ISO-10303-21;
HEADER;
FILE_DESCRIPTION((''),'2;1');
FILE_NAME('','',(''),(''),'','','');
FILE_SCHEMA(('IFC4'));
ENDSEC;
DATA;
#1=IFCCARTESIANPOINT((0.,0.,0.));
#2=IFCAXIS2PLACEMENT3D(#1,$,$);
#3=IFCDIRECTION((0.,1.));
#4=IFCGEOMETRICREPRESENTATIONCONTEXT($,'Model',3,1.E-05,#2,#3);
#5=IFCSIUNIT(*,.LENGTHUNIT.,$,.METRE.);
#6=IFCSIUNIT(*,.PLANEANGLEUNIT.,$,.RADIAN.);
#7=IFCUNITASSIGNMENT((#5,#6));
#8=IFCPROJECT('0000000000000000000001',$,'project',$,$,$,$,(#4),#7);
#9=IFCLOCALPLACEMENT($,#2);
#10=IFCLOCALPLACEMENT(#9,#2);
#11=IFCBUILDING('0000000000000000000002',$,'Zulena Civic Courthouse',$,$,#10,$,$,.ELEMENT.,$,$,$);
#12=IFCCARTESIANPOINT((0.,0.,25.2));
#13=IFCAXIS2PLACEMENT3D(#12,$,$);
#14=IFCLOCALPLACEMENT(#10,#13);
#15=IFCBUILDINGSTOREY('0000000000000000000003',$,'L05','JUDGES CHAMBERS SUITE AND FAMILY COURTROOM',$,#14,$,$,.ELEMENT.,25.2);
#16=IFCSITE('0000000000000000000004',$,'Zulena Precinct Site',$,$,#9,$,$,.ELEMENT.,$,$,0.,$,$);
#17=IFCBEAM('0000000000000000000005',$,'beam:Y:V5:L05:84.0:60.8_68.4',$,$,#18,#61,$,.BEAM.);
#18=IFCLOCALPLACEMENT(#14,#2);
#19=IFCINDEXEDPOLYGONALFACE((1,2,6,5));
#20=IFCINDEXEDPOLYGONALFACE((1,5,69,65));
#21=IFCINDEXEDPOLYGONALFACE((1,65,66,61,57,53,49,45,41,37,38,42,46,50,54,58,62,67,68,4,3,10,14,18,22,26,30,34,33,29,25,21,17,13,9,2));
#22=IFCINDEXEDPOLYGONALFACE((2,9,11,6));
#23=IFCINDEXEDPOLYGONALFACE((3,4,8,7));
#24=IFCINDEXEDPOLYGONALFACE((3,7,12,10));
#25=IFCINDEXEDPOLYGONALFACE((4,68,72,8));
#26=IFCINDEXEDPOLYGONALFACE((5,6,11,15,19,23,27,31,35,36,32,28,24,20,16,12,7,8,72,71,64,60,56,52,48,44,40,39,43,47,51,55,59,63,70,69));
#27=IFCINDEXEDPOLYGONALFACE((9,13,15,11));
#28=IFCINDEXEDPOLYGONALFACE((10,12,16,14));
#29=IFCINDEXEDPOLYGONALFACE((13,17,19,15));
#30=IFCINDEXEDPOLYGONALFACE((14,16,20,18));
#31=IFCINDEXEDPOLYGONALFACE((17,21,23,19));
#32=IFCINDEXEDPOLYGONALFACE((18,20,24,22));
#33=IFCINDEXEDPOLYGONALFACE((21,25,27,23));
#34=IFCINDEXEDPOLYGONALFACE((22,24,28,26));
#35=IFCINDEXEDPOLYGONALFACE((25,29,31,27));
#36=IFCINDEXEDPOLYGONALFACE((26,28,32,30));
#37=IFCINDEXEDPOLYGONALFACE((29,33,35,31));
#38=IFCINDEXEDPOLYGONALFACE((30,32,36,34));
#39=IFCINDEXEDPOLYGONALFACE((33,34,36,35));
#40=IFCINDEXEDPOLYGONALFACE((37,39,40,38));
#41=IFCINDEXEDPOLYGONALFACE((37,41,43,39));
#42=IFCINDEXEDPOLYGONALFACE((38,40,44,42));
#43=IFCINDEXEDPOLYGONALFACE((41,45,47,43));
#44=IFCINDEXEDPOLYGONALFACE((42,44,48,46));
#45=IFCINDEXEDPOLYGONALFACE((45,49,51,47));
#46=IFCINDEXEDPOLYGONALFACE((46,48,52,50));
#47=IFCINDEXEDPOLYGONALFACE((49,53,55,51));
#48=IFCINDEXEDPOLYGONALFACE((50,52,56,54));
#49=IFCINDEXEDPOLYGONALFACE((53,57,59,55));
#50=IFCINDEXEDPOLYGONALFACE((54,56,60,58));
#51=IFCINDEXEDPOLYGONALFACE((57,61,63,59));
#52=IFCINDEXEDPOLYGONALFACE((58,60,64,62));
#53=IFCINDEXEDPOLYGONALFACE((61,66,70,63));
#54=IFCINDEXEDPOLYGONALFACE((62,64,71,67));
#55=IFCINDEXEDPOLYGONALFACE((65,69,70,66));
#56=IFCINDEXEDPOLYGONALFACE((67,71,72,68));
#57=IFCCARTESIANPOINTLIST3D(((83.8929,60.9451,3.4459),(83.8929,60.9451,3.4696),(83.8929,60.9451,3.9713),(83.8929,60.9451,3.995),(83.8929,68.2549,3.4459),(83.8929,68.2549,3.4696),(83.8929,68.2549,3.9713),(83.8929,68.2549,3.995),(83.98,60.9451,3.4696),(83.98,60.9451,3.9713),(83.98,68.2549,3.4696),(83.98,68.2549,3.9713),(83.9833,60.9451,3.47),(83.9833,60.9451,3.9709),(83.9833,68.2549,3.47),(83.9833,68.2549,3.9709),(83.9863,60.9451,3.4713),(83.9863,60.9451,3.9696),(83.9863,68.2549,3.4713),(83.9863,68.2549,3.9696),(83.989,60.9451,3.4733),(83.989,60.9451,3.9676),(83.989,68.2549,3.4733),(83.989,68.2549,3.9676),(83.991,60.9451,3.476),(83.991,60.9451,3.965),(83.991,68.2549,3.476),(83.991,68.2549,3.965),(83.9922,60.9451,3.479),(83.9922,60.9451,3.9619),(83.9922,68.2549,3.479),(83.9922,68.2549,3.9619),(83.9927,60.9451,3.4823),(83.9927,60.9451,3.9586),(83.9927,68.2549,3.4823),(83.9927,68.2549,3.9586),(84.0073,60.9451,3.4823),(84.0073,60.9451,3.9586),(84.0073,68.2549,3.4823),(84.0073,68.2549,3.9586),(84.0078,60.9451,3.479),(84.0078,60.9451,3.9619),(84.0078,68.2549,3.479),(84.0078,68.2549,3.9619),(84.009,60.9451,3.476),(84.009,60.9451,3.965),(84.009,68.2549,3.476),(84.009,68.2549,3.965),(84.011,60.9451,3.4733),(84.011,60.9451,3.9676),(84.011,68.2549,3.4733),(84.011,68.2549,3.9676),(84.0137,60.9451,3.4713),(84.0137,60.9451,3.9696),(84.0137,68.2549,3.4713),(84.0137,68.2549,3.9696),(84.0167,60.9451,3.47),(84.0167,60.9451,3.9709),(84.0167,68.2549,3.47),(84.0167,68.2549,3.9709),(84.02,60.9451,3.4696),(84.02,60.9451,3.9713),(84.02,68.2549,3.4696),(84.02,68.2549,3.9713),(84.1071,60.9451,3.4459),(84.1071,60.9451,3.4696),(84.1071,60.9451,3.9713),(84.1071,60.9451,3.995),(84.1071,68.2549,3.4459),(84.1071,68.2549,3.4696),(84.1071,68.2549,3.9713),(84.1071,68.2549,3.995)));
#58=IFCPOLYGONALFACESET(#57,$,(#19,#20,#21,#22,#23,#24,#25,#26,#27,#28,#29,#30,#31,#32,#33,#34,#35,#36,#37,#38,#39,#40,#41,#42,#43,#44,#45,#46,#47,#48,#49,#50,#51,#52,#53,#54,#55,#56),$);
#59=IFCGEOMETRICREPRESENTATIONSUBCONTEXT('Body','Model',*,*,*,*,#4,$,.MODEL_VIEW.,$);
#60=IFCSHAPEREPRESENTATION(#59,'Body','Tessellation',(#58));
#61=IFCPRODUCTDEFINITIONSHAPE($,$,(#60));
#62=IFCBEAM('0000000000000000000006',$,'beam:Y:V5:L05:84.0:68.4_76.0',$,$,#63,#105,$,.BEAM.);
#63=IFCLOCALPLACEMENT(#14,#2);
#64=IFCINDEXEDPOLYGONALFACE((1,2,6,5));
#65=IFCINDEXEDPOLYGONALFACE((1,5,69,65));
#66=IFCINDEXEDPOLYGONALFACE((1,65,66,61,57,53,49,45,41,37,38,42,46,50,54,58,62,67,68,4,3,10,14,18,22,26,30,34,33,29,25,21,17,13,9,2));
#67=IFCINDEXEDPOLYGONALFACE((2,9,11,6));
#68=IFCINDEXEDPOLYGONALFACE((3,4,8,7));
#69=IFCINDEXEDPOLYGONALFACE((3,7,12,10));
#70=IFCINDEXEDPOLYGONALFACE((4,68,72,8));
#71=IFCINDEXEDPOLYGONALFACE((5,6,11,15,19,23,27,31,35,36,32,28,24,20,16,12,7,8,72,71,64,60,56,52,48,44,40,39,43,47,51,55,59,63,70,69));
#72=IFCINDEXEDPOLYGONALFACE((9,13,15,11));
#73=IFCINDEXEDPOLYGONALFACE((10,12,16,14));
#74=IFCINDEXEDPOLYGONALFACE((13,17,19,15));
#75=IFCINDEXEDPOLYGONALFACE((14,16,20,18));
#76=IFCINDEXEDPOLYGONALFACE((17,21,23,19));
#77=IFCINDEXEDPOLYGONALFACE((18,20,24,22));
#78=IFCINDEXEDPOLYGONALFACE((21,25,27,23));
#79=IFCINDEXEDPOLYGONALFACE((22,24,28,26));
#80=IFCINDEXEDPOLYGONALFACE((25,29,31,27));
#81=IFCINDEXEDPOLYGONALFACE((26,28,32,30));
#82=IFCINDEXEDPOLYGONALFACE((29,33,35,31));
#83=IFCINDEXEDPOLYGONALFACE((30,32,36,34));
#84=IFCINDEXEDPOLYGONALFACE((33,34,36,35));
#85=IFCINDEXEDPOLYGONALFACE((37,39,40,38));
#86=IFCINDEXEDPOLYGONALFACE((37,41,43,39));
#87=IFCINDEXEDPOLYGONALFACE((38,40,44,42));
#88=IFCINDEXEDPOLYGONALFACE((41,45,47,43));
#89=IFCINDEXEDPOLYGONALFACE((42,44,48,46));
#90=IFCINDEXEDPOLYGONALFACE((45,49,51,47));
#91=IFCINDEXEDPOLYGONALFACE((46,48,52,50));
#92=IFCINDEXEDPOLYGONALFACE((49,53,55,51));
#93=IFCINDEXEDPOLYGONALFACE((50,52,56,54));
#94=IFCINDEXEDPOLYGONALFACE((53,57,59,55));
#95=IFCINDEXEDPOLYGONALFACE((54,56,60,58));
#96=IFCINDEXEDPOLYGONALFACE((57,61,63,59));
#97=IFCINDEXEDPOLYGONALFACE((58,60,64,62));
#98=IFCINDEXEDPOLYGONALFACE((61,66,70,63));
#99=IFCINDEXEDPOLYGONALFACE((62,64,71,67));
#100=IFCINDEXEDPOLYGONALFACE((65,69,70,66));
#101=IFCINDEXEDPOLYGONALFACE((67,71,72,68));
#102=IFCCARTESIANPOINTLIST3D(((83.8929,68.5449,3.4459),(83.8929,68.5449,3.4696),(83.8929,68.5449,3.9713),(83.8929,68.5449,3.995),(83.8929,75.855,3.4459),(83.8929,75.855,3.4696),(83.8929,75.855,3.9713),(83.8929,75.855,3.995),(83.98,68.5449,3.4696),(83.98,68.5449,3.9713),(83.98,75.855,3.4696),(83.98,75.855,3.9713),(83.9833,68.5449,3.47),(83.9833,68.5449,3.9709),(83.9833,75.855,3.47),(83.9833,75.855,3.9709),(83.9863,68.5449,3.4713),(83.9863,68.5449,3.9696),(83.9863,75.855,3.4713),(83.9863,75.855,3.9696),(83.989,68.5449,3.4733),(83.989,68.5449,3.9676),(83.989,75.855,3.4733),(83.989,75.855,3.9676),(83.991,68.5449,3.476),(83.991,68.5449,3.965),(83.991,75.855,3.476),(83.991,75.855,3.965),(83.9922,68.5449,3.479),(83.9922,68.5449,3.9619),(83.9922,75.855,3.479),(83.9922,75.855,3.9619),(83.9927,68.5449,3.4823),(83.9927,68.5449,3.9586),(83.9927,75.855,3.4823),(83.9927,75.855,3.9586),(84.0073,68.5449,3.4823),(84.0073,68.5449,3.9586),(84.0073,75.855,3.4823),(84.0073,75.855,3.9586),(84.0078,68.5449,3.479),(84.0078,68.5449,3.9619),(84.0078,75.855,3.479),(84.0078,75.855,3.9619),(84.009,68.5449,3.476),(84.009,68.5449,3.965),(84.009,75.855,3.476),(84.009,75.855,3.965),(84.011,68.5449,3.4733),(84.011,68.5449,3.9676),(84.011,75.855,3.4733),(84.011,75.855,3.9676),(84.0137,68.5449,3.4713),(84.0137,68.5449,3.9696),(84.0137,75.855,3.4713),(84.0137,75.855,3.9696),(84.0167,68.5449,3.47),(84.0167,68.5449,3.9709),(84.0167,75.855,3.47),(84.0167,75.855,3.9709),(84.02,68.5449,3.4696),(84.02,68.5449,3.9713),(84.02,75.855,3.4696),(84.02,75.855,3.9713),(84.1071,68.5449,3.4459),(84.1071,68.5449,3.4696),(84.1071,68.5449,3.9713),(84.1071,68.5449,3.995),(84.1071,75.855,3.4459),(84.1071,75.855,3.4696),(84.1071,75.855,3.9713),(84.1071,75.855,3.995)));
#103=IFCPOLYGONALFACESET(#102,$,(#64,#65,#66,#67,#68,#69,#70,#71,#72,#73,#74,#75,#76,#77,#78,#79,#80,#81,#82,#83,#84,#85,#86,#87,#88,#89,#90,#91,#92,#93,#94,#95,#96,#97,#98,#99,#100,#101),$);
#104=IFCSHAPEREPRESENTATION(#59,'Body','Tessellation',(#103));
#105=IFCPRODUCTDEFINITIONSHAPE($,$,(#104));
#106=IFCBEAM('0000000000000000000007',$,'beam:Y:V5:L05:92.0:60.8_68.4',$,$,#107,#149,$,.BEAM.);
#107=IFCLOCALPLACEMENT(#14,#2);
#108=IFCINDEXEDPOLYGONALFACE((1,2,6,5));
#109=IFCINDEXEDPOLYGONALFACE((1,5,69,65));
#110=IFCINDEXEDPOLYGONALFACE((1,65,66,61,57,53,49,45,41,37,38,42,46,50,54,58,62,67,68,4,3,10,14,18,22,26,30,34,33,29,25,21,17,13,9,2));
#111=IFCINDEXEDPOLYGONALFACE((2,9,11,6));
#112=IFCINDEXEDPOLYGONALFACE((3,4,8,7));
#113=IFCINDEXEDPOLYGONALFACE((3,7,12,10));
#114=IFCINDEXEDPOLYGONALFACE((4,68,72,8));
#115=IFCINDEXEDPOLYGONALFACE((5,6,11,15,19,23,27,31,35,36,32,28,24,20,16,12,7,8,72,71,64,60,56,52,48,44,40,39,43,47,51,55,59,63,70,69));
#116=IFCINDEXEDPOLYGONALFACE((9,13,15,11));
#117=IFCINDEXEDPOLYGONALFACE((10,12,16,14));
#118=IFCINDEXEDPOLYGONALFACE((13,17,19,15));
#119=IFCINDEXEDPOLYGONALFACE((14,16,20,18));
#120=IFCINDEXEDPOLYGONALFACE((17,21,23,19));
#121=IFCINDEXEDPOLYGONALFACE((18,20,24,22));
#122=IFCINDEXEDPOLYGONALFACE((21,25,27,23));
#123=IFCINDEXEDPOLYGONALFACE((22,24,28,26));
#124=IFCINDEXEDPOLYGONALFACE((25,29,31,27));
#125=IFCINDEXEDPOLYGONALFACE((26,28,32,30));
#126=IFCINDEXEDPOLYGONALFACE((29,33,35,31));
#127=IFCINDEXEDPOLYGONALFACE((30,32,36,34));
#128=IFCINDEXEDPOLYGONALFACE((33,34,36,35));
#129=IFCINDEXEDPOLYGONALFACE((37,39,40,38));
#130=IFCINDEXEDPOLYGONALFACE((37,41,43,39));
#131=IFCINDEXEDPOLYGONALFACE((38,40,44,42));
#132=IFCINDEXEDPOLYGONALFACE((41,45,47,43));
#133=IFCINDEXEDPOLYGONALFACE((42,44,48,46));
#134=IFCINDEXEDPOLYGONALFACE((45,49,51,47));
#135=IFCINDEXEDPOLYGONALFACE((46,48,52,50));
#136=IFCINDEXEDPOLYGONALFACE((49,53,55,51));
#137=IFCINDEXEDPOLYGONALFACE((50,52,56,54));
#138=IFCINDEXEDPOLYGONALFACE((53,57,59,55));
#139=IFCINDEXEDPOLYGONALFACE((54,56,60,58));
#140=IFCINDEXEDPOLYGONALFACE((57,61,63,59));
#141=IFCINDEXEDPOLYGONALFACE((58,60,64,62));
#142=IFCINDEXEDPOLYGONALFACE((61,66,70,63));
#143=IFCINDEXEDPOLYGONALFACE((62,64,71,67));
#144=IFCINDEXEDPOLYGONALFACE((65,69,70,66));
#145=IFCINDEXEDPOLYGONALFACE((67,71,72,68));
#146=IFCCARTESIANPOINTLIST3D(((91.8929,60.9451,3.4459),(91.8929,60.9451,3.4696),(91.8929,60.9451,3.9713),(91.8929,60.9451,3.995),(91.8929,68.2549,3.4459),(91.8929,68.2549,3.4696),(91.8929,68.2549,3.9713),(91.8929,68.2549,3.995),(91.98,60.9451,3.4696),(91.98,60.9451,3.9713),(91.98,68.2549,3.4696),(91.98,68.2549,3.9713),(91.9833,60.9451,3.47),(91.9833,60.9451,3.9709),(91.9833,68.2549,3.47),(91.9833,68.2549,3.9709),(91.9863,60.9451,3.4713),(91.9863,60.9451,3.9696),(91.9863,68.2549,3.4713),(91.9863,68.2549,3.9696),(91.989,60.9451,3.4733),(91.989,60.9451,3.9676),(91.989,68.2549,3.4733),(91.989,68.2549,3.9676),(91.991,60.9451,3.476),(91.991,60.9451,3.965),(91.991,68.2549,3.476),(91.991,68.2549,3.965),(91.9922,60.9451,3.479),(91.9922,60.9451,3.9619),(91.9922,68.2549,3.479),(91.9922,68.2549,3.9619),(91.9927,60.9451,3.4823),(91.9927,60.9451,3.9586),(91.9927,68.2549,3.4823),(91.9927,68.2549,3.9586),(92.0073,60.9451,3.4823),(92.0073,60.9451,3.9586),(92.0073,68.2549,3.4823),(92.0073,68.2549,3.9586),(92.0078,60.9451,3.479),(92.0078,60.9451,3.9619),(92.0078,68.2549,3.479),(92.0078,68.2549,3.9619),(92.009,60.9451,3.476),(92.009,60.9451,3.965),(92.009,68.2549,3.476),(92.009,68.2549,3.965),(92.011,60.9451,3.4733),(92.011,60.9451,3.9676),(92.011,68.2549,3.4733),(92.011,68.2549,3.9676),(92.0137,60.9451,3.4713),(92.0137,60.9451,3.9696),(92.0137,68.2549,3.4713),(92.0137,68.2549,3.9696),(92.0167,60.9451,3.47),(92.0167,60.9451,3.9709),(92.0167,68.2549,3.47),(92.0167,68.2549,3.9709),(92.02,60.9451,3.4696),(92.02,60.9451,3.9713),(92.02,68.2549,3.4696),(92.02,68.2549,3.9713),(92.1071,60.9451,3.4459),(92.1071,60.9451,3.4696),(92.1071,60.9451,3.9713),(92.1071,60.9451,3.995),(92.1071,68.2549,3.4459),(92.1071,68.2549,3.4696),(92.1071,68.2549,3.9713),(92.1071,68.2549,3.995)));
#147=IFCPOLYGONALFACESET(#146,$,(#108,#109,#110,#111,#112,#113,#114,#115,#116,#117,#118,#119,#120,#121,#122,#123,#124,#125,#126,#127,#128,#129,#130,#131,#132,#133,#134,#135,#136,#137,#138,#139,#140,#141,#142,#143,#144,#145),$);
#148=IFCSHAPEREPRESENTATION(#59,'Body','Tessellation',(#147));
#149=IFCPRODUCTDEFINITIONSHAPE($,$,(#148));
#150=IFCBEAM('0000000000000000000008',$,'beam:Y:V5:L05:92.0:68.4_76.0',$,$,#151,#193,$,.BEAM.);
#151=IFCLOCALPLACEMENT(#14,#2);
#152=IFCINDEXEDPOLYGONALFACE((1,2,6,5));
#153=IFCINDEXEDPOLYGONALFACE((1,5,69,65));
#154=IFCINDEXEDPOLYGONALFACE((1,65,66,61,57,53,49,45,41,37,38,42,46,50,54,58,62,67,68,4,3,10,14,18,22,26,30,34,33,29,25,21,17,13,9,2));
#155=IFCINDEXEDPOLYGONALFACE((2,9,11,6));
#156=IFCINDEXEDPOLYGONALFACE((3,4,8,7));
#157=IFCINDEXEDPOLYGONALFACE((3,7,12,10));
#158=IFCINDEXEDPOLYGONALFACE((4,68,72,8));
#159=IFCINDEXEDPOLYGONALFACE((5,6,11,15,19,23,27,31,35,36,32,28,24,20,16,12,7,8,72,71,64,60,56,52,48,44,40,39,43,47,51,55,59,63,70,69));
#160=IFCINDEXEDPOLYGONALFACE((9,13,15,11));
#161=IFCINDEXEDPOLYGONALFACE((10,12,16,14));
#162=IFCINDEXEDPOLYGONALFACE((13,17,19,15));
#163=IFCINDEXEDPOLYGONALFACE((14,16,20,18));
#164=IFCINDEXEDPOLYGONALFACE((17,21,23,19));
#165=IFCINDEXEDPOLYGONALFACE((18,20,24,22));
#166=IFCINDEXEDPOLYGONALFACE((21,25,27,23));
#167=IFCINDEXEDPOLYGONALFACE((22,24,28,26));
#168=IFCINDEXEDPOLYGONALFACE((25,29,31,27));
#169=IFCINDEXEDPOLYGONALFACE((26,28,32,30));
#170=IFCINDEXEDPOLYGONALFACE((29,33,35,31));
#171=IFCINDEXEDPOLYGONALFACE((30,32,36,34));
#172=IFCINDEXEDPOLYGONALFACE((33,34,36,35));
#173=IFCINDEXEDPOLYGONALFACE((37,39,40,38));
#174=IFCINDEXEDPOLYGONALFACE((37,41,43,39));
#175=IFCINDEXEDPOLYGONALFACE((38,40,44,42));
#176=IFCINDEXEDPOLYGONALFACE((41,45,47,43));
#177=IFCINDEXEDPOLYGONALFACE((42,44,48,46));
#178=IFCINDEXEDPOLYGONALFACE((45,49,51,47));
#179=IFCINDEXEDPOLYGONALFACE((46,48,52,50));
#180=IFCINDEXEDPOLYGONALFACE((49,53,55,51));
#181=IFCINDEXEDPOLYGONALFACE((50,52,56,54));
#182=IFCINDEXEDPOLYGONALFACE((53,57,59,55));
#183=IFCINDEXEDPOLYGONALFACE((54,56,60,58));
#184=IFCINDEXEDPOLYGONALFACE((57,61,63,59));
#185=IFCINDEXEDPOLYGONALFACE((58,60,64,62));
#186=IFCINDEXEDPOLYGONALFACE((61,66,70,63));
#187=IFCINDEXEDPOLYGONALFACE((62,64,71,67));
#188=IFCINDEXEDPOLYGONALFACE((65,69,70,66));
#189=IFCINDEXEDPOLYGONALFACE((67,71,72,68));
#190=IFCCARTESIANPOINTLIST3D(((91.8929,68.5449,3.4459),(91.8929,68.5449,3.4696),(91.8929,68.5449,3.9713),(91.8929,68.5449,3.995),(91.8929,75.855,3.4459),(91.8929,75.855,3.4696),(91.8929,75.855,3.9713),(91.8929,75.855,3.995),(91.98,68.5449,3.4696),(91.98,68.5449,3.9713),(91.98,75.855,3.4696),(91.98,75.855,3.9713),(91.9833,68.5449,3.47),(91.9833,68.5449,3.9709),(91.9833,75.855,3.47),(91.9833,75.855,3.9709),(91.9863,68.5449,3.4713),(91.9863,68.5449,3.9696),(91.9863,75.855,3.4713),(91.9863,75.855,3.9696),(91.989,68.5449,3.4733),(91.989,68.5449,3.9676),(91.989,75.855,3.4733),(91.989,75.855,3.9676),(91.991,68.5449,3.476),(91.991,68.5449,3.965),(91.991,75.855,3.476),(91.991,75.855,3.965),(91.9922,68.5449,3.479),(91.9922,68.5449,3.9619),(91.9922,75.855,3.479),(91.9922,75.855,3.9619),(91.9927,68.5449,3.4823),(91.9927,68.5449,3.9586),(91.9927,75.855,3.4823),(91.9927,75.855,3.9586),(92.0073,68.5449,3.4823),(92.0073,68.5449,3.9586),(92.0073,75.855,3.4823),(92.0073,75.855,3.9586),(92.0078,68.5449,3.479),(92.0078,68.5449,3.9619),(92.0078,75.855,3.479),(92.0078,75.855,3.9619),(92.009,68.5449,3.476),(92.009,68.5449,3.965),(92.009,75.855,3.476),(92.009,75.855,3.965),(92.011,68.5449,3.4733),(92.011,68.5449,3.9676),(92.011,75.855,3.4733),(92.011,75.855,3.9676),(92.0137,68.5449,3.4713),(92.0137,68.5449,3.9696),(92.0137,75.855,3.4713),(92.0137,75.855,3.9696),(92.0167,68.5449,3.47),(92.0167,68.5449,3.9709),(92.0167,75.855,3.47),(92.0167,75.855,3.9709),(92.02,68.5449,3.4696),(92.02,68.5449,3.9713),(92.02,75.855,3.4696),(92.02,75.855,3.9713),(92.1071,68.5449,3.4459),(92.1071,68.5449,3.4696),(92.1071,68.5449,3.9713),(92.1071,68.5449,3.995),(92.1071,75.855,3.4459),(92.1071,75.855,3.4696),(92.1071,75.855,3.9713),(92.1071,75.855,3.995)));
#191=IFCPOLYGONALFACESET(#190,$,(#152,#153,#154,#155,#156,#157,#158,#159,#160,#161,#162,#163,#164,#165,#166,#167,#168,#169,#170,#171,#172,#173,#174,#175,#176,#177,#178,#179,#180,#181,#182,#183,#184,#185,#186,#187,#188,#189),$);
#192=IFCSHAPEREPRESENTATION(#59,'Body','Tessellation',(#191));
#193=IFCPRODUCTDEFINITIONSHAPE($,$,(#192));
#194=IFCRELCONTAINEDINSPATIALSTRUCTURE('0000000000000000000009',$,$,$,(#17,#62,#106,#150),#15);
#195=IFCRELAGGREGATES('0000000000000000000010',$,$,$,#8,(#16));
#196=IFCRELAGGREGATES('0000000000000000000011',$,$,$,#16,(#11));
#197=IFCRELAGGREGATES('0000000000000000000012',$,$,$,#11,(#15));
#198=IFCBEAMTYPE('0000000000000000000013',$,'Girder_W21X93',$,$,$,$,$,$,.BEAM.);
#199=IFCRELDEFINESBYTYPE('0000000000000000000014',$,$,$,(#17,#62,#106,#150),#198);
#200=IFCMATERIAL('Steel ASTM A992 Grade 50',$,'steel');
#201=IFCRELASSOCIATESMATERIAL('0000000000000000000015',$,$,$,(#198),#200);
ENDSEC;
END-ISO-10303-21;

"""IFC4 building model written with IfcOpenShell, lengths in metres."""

from ifc_helpers import new_model, si_unit, direction, frame, origin, origin_2d, place, context, subcontext, project, spatial, i_section, extrude, material, material_profile, profile_set, type_object, element, save


model = new_model("IFC4")

# Units and contexts
model_context = context("Model", 3, precision=1e-05, world=origin(), true_north=direction((0.0, 1.0)))
body_context = subcontext(model_context, "Body", "Model", "MODEL_VIEW")
ifc_project = project(units=[si_unit("LENGTHUNIT", "METRE"), si_unit("PLANEANGLEUNIT", "RADIAN")], contexts=[model_context])

# Site, building, storey
site_placement = place(None, origin())
site = spatial("IfcSite", under=ifc_project, at=site_placement, Name="Zulena Precinct Site", CompositionType="ELEMENT", RefElevation=0.0)
building_placement = place(site_placement, origin())
building = spatial("IfcBuilding", under=site, at=building_placement, Name="Zulena Civic Courthouse", CompositionType="ELEMENT")
storey_placement = place(building_placement, frame((0.0, 0.0, 25.2)))
storey = spatial("IfcBuildingStorey", under=building, at=storey_placement, Name="L05", Description="JUDGES CHAMBERS SUITE AND FAMILY COURTROOM", CompositionType="ELEMENT", Elevation=25.2)

# Shared definitions
ifc_material_1 = material(Name="Steel ASTM A992 Grade 50", Category="steel")

# Beams
ifc_material_profile_1 = material_profile(ifc_material_1, i_section(OverallWidth=0.2141, OverallDepth=0.5491, WebThickness=0.0146, FlangeThickness=0.0237, FilletRadius=0.0127, at=origin_2d()), Name="W21X93")
ifc_profile_set_1 = profile_set([ifc_material_profile_1], Name="Steel ASTM A992 Grade 50")
beam_type_1 = type_object("IfcBeamType", Name="Girder_W21X93", PredefinedType="BEAM", material=ifc_profile_set_1)
beam_1_placement = place(storey_placement, frame((84.0, 60.9451, 3.7205), z_axis=(0.0, 1.0, 0.0), x_axis=(-1.0, 0.0, 0.0)))
element("IfcBeam", 1, at=beam_1_placement, inside=storey, type_object=beam_type_1, Name="beam:Y:V5:L05:84.0:60.8_68.4", PredefinedType="BEAM", context=body_context, shape_type="SweptSolid", body=[
    extrude(i_section(OverallWidth=0.2141, OverallDepth=0.5491, WebThickness=0.0146, FlangeThickness=0.0237, FilletRadius=0.0127, at=origin_2d()), origin(), (0.0, 0.0, 1.0), 7.3098),
])
beam_2_placement = place(storey_placement, frame((84.0, 68.5449, 3.7205), z_axis=(0.0, 1.0, 0.0), x_axis=(-1.0, 0.0, 0.0)))
element("IfcBeam", 2, at=beam_2_placement, inside=storey, type_object=beam_type_1, Name="beam:Y:V5:L05:84.0:68.4_76.0", PredefinedType="BEAM", context=body_context, shape_type="SweptSolid", body=[
    extrude(i_section(OverallWidth=0.2141, OverallDepth=0.5491, WebThickness=0.0146, FlangeThickness=0.0237, FilletRadius=0.0127, at=origin_2d()), origin(), (0.0, 0.0, 1.0), 7.3101),
])
beam_3_placement = place(storey_placement, frame((92.0, 60.9451, 3.7205), z_axis=(0.0, 1.0, 0.0), x_axis=(-1.0, 0.0, 0.0)))
element("IfcBeam", 3, at=beam_3_placement, inside=storey, type_object=beam_type_1, Name="beam:Y:V5:L05:92.0:60.8_68.4", PredefinedType="BEAM", context=body_context, shape_type="SweptSolid", body=[
    extrude(i_section(OverallWidth=0.2141, OverallDepth=0.5491, WebThickness=0.0146, FlangeThickness=0.0237, FilletRadius=0.0127, at=origin_2d()), origin(), (0.0, 0.0, 1.0), 7.3098),
])
beam_4_placement = place(storey_placement, frame((92.0, 68.5449, 3.7205), z_axis=(0.0, 1.0, 0.0), x_axis=(-1.0, 0.0, 0.0)))
element("IfcBeam", 4, at=beam_4_placement, inside=storey, type_object=beam_type_1, Name="beam:Y:V5:L05:92.0:68.4_76.0", PredefinedType="BEAM", context=body_context, shape_type="SweptSolid", body=[
    extrude(i_section(OverallWidth=0.2141, OverallDepth=0.5491, WebThickness=0.0146, FlangeThickness=0.0237, FilletRadius=0.0127, at=origin_2d()), origin(), (0.0, 0.0, 1.0), 7.3101),
])

save(model, "model.ifc")
